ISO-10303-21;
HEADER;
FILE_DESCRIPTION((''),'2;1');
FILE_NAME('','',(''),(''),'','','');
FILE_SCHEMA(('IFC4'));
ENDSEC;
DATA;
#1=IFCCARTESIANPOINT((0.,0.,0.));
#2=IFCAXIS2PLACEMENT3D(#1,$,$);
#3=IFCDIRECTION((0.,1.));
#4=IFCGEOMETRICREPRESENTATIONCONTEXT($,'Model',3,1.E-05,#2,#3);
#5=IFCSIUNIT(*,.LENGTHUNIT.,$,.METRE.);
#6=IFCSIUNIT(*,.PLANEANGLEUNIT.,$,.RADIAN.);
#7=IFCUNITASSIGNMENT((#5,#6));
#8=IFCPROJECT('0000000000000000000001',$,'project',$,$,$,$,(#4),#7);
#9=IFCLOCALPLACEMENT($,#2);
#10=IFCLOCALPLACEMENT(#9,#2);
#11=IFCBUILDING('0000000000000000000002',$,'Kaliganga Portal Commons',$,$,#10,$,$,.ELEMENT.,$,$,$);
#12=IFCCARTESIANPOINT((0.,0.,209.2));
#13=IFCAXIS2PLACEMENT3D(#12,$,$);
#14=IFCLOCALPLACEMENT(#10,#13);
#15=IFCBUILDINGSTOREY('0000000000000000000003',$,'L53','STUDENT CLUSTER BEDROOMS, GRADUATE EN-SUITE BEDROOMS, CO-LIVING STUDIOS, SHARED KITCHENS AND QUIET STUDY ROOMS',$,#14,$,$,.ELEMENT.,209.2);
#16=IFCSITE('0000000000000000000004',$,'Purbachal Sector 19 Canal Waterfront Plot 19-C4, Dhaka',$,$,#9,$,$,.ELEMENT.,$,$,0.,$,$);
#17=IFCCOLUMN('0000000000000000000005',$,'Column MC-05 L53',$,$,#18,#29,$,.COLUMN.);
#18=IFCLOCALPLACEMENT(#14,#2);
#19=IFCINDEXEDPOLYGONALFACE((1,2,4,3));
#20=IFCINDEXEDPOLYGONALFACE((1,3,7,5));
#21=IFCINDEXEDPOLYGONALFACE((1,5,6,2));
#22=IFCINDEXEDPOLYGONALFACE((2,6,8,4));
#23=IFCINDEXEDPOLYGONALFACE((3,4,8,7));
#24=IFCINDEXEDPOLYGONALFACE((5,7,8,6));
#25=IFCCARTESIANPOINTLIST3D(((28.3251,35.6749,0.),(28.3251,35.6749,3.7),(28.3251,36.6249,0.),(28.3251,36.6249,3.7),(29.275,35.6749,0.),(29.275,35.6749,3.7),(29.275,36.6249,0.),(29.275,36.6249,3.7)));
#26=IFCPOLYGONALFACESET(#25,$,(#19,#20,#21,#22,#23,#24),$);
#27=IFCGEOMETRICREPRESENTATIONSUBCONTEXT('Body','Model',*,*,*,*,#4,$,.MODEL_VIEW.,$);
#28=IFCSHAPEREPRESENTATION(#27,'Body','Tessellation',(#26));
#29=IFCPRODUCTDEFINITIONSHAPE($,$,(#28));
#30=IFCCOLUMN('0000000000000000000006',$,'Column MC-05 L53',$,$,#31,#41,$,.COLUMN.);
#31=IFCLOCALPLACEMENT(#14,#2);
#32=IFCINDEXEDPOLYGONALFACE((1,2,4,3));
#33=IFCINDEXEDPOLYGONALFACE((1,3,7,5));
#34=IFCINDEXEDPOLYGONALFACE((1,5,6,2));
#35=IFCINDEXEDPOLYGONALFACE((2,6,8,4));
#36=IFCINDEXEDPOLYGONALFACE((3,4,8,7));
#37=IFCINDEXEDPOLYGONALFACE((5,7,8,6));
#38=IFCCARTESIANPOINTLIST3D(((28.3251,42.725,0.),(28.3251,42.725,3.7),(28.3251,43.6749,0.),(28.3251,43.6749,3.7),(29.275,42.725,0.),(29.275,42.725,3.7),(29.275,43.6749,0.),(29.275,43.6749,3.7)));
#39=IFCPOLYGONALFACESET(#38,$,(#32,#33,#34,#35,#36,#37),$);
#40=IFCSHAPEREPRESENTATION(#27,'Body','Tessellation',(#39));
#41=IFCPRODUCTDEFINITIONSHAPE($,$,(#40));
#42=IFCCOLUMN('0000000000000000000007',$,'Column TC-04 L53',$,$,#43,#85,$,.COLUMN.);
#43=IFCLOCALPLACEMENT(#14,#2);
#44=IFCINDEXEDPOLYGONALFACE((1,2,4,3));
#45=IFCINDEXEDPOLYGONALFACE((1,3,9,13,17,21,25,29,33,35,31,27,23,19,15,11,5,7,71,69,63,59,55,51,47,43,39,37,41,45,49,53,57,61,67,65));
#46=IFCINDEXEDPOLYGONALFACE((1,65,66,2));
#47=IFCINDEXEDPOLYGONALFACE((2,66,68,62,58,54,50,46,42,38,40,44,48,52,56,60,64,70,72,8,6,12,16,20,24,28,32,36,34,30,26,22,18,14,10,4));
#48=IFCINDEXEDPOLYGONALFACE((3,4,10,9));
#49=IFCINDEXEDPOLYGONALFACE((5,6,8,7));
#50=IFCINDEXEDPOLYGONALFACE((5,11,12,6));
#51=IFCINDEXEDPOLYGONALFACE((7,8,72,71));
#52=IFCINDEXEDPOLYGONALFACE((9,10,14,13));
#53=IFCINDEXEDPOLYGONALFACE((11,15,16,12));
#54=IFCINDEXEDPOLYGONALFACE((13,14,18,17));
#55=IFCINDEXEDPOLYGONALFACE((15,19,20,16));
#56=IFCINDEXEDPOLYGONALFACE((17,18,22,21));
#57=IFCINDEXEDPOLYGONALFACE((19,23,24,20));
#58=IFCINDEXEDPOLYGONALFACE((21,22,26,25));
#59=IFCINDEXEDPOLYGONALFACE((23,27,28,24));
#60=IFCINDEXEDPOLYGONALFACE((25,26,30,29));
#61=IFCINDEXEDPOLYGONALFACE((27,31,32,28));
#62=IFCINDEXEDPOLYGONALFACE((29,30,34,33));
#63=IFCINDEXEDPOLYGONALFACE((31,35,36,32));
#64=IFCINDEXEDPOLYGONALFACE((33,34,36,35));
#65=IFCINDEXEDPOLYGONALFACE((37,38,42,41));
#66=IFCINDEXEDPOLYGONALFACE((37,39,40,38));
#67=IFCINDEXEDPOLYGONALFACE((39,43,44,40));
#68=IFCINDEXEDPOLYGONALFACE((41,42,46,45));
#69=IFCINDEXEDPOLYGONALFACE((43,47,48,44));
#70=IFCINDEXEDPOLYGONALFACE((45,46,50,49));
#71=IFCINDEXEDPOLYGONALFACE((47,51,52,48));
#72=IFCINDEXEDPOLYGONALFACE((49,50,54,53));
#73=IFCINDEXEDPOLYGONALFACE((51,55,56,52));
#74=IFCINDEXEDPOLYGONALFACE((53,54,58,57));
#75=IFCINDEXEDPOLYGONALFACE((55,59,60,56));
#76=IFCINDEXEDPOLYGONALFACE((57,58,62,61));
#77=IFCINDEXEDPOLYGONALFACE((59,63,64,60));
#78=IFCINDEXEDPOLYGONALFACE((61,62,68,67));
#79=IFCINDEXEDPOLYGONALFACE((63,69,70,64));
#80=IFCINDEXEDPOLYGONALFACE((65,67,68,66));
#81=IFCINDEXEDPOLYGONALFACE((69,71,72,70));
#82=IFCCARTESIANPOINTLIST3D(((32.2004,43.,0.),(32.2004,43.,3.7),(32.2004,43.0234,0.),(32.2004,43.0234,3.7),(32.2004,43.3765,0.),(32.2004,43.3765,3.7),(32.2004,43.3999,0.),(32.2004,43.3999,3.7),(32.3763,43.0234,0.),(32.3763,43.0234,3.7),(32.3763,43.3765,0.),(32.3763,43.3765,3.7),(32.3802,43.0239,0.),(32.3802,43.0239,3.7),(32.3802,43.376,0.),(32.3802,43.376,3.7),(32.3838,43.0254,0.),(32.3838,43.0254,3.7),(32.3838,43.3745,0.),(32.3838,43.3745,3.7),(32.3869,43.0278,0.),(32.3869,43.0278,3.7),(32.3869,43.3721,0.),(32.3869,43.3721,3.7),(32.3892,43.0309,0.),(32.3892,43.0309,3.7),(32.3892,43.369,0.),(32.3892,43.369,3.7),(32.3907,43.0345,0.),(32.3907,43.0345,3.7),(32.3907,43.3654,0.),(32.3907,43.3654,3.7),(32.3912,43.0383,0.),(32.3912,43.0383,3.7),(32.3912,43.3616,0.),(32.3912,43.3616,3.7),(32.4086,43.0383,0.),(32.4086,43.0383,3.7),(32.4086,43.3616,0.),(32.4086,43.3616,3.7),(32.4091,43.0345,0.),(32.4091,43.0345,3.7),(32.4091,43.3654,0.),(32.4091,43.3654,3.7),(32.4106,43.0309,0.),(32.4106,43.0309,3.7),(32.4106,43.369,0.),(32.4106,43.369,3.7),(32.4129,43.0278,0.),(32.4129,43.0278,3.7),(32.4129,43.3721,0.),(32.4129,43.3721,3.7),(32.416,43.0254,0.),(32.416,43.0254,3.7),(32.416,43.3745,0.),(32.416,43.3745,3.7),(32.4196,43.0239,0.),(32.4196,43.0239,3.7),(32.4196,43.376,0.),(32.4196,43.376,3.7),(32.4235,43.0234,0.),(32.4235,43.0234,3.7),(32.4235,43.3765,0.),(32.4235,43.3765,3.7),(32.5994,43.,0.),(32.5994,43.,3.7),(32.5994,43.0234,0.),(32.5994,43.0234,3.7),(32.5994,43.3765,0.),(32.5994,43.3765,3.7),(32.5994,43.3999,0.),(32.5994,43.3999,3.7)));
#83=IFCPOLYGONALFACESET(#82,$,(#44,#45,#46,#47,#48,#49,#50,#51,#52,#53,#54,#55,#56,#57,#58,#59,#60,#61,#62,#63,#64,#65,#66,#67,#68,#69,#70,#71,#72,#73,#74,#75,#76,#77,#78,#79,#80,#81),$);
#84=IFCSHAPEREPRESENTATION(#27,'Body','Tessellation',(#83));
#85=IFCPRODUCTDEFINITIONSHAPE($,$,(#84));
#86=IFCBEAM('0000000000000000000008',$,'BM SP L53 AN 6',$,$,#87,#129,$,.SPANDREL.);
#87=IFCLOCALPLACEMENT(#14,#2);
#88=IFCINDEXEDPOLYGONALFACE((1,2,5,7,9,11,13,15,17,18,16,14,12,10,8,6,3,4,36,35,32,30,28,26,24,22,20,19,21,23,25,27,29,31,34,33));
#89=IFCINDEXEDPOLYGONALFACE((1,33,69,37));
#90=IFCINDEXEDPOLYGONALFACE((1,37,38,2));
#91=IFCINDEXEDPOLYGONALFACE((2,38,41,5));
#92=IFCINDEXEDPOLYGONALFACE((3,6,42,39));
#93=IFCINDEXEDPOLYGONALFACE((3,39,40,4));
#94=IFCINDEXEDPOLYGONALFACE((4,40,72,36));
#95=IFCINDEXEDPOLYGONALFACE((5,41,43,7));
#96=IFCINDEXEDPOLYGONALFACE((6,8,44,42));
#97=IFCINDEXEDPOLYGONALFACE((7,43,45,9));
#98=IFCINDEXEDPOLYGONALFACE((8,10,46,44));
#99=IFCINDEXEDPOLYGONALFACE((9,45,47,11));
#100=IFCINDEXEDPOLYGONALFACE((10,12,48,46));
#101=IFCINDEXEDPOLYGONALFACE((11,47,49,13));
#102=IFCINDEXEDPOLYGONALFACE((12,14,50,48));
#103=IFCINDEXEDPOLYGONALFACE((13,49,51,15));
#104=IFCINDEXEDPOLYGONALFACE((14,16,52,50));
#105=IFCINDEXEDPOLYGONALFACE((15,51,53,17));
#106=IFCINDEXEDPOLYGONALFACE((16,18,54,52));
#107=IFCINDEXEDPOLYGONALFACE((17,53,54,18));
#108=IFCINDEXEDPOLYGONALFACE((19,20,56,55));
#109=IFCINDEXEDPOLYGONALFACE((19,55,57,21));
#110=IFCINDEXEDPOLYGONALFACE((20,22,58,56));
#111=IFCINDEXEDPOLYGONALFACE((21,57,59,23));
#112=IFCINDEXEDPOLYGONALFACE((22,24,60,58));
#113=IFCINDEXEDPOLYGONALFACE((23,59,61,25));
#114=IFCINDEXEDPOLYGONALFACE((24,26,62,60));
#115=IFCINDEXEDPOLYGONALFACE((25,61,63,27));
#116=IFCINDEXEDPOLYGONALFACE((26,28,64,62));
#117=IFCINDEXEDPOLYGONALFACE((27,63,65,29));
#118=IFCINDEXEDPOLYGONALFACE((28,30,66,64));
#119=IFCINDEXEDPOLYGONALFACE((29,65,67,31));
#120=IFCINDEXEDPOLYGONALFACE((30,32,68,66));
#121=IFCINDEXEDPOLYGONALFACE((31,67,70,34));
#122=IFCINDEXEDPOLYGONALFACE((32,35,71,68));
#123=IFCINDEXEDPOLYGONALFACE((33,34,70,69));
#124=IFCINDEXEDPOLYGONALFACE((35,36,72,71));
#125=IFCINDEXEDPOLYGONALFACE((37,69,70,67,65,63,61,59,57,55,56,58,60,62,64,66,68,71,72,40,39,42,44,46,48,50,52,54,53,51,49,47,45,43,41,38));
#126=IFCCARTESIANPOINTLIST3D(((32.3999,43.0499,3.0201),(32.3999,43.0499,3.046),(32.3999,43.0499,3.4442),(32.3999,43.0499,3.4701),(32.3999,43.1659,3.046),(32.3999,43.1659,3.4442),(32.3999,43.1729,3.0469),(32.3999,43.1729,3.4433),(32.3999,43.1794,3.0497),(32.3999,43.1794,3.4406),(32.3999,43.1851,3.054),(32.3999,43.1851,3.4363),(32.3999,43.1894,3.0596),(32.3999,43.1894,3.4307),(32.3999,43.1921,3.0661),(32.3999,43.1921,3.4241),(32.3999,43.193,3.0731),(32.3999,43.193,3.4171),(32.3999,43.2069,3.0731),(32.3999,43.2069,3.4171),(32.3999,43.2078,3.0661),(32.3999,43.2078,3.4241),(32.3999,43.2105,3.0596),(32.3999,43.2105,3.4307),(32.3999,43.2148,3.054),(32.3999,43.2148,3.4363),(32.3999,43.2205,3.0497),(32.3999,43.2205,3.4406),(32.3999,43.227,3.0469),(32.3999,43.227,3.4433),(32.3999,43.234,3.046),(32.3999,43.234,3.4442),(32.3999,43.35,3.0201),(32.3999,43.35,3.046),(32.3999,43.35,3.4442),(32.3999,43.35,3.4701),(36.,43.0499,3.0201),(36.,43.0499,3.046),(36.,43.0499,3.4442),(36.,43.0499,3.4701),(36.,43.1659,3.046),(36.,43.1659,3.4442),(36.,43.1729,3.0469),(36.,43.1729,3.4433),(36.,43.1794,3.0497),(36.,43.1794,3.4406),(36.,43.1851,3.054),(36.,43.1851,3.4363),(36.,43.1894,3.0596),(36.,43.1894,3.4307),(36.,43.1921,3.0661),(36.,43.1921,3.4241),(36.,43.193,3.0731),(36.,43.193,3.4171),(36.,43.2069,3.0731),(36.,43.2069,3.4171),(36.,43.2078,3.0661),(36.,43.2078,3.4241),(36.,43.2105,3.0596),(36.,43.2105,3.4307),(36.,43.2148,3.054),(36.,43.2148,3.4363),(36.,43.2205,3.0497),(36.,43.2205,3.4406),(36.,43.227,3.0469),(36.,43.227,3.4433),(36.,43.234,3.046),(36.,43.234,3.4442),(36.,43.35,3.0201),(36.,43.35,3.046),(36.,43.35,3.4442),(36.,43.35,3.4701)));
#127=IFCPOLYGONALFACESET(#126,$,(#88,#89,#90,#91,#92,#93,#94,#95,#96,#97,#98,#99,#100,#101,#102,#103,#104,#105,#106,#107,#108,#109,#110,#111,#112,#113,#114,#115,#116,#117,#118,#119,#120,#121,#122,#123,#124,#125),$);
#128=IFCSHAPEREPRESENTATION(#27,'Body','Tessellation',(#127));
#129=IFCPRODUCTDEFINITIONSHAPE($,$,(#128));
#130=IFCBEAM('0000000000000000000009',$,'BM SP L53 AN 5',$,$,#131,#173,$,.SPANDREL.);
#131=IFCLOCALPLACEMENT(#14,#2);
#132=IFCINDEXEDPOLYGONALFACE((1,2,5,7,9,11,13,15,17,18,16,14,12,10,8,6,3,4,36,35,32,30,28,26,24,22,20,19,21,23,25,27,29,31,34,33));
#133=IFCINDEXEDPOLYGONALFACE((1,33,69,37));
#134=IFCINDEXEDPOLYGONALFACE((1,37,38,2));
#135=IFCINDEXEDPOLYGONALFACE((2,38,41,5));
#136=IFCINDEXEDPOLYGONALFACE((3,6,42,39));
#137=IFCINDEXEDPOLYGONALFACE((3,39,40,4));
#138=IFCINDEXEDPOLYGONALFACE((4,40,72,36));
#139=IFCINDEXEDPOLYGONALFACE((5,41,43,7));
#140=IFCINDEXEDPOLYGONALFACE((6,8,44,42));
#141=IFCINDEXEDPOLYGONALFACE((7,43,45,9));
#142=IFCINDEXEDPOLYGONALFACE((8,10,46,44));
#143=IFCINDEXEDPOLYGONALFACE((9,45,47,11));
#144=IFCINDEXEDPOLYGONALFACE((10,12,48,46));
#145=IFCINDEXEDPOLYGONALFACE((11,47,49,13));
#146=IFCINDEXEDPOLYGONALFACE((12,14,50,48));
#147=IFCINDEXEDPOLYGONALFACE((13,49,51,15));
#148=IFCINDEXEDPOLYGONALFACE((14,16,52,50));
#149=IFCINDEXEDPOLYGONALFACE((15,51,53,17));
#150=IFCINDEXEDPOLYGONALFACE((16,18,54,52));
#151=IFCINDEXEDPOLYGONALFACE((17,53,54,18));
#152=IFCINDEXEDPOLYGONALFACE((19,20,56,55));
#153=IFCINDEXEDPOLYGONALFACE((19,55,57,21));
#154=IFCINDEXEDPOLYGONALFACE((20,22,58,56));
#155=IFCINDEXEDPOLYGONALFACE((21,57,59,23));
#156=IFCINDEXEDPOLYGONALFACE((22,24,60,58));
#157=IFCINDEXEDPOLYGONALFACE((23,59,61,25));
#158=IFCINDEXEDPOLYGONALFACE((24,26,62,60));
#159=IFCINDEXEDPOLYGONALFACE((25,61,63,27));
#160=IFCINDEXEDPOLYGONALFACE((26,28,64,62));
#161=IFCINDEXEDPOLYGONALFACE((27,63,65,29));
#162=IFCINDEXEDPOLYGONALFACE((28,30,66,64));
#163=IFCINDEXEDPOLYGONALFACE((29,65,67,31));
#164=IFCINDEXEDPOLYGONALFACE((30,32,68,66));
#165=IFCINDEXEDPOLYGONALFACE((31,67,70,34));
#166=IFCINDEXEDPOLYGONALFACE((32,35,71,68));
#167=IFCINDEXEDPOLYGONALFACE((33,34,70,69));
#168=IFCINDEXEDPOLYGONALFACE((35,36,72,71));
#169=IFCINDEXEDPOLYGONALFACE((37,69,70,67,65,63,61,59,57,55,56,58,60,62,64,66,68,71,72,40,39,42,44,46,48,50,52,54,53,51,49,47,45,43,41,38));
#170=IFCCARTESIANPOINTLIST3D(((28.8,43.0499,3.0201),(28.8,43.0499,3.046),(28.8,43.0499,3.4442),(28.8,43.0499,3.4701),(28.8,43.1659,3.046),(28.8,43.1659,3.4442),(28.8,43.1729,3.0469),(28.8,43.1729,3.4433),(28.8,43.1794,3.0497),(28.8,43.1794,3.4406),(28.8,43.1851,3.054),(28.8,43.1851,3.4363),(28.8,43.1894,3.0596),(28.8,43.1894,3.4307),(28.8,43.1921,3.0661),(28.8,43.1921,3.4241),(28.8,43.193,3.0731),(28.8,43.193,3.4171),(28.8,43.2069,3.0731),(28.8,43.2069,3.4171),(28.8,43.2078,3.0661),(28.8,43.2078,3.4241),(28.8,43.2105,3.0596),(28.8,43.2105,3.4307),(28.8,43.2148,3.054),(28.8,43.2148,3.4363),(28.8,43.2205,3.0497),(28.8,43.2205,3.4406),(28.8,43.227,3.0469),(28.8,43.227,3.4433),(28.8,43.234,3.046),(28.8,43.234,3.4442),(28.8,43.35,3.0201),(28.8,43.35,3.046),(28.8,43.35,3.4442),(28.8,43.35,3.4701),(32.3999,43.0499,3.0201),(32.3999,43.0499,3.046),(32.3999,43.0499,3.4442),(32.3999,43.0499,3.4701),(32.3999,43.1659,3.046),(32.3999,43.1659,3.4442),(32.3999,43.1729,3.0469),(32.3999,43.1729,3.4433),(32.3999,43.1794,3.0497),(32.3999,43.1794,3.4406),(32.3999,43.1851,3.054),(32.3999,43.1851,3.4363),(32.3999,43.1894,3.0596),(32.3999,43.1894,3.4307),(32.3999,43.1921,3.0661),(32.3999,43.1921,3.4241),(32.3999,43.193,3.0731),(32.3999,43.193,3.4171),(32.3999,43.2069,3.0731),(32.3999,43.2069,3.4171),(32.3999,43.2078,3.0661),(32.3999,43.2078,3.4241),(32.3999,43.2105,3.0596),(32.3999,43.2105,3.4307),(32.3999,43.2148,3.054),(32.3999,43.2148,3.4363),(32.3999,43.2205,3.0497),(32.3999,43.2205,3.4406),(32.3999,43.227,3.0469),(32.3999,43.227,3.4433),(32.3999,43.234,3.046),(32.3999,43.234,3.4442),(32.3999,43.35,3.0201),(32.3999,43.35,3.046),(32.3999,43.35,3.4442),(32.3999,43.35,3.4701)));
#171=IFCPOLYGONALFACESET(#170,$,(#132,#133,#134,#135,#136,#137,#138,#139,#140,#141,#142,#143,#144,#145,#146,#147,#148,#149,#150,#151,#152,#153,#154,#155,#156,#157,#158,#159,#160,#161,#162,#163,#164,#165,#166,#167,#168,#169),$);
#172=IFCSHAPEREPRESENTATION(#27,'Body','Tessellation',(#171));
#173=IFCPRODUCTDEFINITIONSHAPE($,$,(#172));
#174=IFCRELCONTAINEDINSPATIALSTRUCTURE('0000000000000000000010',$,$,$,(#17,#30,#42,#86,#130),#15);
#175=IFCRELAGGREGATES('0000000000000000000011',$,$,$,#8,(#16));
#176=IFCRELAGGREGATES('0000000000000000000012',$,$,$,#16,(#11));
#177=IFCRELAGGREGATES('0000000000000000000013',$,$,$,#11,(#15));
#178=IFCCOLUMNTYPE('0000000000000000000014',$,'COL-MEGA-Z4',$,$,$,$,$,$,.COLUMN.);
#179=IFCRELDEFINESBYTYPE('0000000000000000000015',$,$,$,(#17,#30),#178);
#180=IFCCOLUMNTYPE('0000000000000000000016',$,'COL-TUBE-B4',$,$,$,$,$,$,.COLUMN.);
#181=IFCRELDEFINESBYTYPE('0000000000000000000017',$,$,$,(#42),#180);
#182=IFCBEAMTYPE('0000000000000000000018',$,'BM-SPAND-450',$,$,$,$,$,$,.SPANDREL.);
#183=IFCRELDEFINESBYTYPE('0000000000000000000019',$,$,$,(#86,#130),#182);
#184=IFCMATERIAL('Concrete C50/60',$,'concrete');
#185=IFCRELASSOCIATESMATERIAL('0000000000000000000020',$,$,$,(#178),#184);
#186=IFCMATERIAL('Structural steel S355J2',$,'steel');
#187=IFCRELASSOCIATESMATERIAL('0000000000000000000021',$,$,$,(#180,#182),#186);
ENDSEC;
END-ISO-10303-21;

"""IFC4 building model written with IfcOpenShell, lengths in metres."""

from ifc_helpers import new_model, si_unit, direction, frame, origin, origin_2d, place, context, subcontext, project, spatial, rectangle, i_section, extrude, source, transform, mapped, material, material_profile, profile_set, type_object, element, save


model = new_model("IFC4")

# Units and contexts
model_context = context("Model", 3, precision=1e-05, world=origin(), true_north=direction((0.0, 1.0)))
body_context = subcontext(model_context, "Body", "Model", "MODEL_VIEW")
ifc_project = project(units=[si_unit("LENGTHUNIT", "METRE"), si_unit("PLANEANGLEUNIT", "RADIAN")], contexts=[model_context])

# Site, building, storey
site_placement = place(None, origin())
site = spatial("IfcSite", under=ifc_project, at=site_placement, Name="Purbachal Sector 19 Canal Waterfront Plot 19-C4, Dhaka", CompositionType="ELEMENT", RefElevation=0.0)
building_placement = place(site_placement, origin())
building = spatial("IfcBuilding", under=site, at=building_placement, Name="Kaliganga Portal Commons", CompositionType="ELEMENT")
storey_placement = place(building_placement, frame((0.0, 0.0, 209.2)))
storey = spatial("IfcBuildingStorey", under=building, at=storey_placement, Name="L53", Description="STUDENT CLUSTER BEDROOMS, GRADUATE EN-SUITE BEDROOMS, CO-LIVING STUDIOS, SHARED KITCHENS AND QUIET STUDY ROOMS", CompositionType="ELEMENT", Elevation=209.2)

# Columns
ifc_material_1 = material(Name="Concrete C50/60", Category="concrete")
ifc_material_profile_1 = material_profile(ifc_material_1, rectangle(XDim=0.95, YDim=0.95, at=origin_2d()), Name="RC 950x950")
ifc_profile_set_1 = profile_set([ifc_material_profile_1], Name="Concrete C50/60")
column_type_1 = type_object("IfcColumnType", Name="COL-MEGA-Z4", PredefinedType="COLUMN", material=ifc_profile_set_1)
shared_shape_1 = source(origin(), body_context, "Body", "SweptSolid", [
    extrude(rectangle(XDim=0.95, YDim=0.95, at=origin_2d()), origin(), (0.0, 0.0, 1.0), 3.7),
])
for number, where, z_axis, x_axis, name in (
    (1, (28.8, 36.1499, 0.0), (0.0, 0.0, 1.0), (1.0, 0.0, 0.0), "Column MC-05 L53"),
    (2, (28.8, 43.2, 0.0), (0.0, 0.0, 1.0), (1.0, 0.0, 0.0), "Column MC-05 L53"),
):
    element("IfcColumn", number, at=place(storey_placement, frame(where, z_axis=z_axis, x_axis=x_axis)), inside=storey, type_object=column_type_1, Name=name, PredefinedType="COLUMN", context=body_context, shape_type="MappedRepresentation", body=[
        mapped(shared_shape_1, transform((0.0, 0.0, 0.0), x_axis=(1.0, 0.0, 0.0), y_axis=(0.0, 1.0, 0.0), z_axis=(0.0, 0.0, 1.0), scale=1.0)),
    ])
ifc_material_2 = material(Name="Structural steel S355J2", Category="steel")
ifc_material_profile_2 = material_profile(ifc_material_2, i_section(OverallWidth=0.3989, OverallDepth=0.3999, WebThickness=0.0173, FlangeThickness=0.0234, FilletRadius=0.0149, at=origin_2d()), Name="HD 400x287")
ifc_profile_set_2 = profile_set([ifc_material_profile_2], Name="Structural steel S355J2 wide-flange")
column_type_2 = type_object("IfcColumnType", Name="COL-TUBE-B4", PredefinedType="COLUMN", material=ifc_profile_set_2)
shared_shape_2 = source(origin(), body_context, "Body", "SweptSolid", [
    extrude(i_section(OverallWidth=0.3989, OverallDepth=0.3999, WebThickness=0.0173, FlangeThickness=0.0234, FilletRadius=0.0149, at=origin_2d()), origin(), (0.0, 0.0, 1.0), 3.7),
])
column_placement = place(storey_placement, frame((32.3999, 43.2, 0.0), z_axis=(0.0, 0.0, 1.0), x_axis=(1.0, 0.0, 0.0)))
element("IfcColumn", 3, at=column_placement, inside=storey, type_object=column_type_2, Name="Column TC-04 L53", PredefinedType="COLUMN", context=body_context, shape_type="MappedRepresentation", body=[
    mapped(shared_shape_2, transform((0.0, 0.0, 0.0), x_axis=(1.0, 0.0, 0.0), y_axis=(0.0, 1.0, 0.0), z_axis=(0.0, 0.0, 1.0), scale=1.0)),
])

# Beams
ifc_material_profile_3 = material_profile(ifc_material_2, i_section(OverallWidth=0.3, OverallDepth=0.45, WebThickness=0.0139, FlangeThickness=0.0259, FilletRadius=0.0271, at=origin_2d()), Name="HE 450 B")
ifc_profile_set_3 = profile_set([ifc_material_profile_3], Name="Structural steel S355J2 wide-flange")
beam_type_1 = type_object("IfcBeamType", Name="BM-SPAND-450", PredefinedType="SPANDREL", material=ifc_profile_set_3)
shared_shape_3 = source(origin(), body_context, "Body", "SweptSolid", [
    extrude(i_section(OverallWidth=0.3, OverallDepth=0.45, WebThickness=0.0139, FlangeThickness=0.0259, FilletRadius=0.0271, at=origin_2d()), origin(), (0.0, 0.0, 1.0), 3.6001),
])
beam_1_placement = place(storey_placement, frame((32.3999, 43.2, 3.2451), z_axis=(1.0, 0.0, 0.0), x_axis=(0.0, 1.0, 0.0)))
element("IfcBeam", 4, at=beam_1_placement, inside=storey, type_object=beam_type_1, Name="BM SP L53 AN 6", PredefinedType="SPANDREL", context=body_context, shape_type="MappedRepresentation", body=[
    mapped(shared_shape_3, transform((0.0, 0.0, 0.0), x_axis=(1.0, 0.0, 0.0), y_axis=(0.0, 1.0, 0.0), z_axis=(0.0, 0.0, 1.0), scale=1.0)),
])
shared_shape_4 = source(origin(), body_context, "Body", "SweptSolid", [
    extrude(i_section(OverallWidth=0.3, OverallDepth=0.45, WebThickness=0.0139, FlangeThickness=0.0259, FilletRadius=0.0271, at=origin_2d()), origin(), (0.0, 0.0, 1.0), 3.5999),
])
beam_2_placement = place(storey_placement, frame((28.8, 43.2, 3.2451), z_axis=(1.0, 0.0, 0.0), x_axis=(0.0, 1.0, 0.0)))
element("IfcBeam", 5, at=beam_2_placement, inside=storey, type_object=beam_type_1, Name="BM SP L53 AN 5", PredefinedType="SPANDREL", context=body_context, shape_type="MappedRepresentation", body=[
    mapped(shared_shape_4, transform((0.0, 0.0, 0.0), x_axis=(1.0, 0.0, 0.0), y_axis=(0.0, 1.0, 0.0), z_axis=(0.0, 0.0, 1.0), scale=1.0)),
])

save(model, "model.ifc")
